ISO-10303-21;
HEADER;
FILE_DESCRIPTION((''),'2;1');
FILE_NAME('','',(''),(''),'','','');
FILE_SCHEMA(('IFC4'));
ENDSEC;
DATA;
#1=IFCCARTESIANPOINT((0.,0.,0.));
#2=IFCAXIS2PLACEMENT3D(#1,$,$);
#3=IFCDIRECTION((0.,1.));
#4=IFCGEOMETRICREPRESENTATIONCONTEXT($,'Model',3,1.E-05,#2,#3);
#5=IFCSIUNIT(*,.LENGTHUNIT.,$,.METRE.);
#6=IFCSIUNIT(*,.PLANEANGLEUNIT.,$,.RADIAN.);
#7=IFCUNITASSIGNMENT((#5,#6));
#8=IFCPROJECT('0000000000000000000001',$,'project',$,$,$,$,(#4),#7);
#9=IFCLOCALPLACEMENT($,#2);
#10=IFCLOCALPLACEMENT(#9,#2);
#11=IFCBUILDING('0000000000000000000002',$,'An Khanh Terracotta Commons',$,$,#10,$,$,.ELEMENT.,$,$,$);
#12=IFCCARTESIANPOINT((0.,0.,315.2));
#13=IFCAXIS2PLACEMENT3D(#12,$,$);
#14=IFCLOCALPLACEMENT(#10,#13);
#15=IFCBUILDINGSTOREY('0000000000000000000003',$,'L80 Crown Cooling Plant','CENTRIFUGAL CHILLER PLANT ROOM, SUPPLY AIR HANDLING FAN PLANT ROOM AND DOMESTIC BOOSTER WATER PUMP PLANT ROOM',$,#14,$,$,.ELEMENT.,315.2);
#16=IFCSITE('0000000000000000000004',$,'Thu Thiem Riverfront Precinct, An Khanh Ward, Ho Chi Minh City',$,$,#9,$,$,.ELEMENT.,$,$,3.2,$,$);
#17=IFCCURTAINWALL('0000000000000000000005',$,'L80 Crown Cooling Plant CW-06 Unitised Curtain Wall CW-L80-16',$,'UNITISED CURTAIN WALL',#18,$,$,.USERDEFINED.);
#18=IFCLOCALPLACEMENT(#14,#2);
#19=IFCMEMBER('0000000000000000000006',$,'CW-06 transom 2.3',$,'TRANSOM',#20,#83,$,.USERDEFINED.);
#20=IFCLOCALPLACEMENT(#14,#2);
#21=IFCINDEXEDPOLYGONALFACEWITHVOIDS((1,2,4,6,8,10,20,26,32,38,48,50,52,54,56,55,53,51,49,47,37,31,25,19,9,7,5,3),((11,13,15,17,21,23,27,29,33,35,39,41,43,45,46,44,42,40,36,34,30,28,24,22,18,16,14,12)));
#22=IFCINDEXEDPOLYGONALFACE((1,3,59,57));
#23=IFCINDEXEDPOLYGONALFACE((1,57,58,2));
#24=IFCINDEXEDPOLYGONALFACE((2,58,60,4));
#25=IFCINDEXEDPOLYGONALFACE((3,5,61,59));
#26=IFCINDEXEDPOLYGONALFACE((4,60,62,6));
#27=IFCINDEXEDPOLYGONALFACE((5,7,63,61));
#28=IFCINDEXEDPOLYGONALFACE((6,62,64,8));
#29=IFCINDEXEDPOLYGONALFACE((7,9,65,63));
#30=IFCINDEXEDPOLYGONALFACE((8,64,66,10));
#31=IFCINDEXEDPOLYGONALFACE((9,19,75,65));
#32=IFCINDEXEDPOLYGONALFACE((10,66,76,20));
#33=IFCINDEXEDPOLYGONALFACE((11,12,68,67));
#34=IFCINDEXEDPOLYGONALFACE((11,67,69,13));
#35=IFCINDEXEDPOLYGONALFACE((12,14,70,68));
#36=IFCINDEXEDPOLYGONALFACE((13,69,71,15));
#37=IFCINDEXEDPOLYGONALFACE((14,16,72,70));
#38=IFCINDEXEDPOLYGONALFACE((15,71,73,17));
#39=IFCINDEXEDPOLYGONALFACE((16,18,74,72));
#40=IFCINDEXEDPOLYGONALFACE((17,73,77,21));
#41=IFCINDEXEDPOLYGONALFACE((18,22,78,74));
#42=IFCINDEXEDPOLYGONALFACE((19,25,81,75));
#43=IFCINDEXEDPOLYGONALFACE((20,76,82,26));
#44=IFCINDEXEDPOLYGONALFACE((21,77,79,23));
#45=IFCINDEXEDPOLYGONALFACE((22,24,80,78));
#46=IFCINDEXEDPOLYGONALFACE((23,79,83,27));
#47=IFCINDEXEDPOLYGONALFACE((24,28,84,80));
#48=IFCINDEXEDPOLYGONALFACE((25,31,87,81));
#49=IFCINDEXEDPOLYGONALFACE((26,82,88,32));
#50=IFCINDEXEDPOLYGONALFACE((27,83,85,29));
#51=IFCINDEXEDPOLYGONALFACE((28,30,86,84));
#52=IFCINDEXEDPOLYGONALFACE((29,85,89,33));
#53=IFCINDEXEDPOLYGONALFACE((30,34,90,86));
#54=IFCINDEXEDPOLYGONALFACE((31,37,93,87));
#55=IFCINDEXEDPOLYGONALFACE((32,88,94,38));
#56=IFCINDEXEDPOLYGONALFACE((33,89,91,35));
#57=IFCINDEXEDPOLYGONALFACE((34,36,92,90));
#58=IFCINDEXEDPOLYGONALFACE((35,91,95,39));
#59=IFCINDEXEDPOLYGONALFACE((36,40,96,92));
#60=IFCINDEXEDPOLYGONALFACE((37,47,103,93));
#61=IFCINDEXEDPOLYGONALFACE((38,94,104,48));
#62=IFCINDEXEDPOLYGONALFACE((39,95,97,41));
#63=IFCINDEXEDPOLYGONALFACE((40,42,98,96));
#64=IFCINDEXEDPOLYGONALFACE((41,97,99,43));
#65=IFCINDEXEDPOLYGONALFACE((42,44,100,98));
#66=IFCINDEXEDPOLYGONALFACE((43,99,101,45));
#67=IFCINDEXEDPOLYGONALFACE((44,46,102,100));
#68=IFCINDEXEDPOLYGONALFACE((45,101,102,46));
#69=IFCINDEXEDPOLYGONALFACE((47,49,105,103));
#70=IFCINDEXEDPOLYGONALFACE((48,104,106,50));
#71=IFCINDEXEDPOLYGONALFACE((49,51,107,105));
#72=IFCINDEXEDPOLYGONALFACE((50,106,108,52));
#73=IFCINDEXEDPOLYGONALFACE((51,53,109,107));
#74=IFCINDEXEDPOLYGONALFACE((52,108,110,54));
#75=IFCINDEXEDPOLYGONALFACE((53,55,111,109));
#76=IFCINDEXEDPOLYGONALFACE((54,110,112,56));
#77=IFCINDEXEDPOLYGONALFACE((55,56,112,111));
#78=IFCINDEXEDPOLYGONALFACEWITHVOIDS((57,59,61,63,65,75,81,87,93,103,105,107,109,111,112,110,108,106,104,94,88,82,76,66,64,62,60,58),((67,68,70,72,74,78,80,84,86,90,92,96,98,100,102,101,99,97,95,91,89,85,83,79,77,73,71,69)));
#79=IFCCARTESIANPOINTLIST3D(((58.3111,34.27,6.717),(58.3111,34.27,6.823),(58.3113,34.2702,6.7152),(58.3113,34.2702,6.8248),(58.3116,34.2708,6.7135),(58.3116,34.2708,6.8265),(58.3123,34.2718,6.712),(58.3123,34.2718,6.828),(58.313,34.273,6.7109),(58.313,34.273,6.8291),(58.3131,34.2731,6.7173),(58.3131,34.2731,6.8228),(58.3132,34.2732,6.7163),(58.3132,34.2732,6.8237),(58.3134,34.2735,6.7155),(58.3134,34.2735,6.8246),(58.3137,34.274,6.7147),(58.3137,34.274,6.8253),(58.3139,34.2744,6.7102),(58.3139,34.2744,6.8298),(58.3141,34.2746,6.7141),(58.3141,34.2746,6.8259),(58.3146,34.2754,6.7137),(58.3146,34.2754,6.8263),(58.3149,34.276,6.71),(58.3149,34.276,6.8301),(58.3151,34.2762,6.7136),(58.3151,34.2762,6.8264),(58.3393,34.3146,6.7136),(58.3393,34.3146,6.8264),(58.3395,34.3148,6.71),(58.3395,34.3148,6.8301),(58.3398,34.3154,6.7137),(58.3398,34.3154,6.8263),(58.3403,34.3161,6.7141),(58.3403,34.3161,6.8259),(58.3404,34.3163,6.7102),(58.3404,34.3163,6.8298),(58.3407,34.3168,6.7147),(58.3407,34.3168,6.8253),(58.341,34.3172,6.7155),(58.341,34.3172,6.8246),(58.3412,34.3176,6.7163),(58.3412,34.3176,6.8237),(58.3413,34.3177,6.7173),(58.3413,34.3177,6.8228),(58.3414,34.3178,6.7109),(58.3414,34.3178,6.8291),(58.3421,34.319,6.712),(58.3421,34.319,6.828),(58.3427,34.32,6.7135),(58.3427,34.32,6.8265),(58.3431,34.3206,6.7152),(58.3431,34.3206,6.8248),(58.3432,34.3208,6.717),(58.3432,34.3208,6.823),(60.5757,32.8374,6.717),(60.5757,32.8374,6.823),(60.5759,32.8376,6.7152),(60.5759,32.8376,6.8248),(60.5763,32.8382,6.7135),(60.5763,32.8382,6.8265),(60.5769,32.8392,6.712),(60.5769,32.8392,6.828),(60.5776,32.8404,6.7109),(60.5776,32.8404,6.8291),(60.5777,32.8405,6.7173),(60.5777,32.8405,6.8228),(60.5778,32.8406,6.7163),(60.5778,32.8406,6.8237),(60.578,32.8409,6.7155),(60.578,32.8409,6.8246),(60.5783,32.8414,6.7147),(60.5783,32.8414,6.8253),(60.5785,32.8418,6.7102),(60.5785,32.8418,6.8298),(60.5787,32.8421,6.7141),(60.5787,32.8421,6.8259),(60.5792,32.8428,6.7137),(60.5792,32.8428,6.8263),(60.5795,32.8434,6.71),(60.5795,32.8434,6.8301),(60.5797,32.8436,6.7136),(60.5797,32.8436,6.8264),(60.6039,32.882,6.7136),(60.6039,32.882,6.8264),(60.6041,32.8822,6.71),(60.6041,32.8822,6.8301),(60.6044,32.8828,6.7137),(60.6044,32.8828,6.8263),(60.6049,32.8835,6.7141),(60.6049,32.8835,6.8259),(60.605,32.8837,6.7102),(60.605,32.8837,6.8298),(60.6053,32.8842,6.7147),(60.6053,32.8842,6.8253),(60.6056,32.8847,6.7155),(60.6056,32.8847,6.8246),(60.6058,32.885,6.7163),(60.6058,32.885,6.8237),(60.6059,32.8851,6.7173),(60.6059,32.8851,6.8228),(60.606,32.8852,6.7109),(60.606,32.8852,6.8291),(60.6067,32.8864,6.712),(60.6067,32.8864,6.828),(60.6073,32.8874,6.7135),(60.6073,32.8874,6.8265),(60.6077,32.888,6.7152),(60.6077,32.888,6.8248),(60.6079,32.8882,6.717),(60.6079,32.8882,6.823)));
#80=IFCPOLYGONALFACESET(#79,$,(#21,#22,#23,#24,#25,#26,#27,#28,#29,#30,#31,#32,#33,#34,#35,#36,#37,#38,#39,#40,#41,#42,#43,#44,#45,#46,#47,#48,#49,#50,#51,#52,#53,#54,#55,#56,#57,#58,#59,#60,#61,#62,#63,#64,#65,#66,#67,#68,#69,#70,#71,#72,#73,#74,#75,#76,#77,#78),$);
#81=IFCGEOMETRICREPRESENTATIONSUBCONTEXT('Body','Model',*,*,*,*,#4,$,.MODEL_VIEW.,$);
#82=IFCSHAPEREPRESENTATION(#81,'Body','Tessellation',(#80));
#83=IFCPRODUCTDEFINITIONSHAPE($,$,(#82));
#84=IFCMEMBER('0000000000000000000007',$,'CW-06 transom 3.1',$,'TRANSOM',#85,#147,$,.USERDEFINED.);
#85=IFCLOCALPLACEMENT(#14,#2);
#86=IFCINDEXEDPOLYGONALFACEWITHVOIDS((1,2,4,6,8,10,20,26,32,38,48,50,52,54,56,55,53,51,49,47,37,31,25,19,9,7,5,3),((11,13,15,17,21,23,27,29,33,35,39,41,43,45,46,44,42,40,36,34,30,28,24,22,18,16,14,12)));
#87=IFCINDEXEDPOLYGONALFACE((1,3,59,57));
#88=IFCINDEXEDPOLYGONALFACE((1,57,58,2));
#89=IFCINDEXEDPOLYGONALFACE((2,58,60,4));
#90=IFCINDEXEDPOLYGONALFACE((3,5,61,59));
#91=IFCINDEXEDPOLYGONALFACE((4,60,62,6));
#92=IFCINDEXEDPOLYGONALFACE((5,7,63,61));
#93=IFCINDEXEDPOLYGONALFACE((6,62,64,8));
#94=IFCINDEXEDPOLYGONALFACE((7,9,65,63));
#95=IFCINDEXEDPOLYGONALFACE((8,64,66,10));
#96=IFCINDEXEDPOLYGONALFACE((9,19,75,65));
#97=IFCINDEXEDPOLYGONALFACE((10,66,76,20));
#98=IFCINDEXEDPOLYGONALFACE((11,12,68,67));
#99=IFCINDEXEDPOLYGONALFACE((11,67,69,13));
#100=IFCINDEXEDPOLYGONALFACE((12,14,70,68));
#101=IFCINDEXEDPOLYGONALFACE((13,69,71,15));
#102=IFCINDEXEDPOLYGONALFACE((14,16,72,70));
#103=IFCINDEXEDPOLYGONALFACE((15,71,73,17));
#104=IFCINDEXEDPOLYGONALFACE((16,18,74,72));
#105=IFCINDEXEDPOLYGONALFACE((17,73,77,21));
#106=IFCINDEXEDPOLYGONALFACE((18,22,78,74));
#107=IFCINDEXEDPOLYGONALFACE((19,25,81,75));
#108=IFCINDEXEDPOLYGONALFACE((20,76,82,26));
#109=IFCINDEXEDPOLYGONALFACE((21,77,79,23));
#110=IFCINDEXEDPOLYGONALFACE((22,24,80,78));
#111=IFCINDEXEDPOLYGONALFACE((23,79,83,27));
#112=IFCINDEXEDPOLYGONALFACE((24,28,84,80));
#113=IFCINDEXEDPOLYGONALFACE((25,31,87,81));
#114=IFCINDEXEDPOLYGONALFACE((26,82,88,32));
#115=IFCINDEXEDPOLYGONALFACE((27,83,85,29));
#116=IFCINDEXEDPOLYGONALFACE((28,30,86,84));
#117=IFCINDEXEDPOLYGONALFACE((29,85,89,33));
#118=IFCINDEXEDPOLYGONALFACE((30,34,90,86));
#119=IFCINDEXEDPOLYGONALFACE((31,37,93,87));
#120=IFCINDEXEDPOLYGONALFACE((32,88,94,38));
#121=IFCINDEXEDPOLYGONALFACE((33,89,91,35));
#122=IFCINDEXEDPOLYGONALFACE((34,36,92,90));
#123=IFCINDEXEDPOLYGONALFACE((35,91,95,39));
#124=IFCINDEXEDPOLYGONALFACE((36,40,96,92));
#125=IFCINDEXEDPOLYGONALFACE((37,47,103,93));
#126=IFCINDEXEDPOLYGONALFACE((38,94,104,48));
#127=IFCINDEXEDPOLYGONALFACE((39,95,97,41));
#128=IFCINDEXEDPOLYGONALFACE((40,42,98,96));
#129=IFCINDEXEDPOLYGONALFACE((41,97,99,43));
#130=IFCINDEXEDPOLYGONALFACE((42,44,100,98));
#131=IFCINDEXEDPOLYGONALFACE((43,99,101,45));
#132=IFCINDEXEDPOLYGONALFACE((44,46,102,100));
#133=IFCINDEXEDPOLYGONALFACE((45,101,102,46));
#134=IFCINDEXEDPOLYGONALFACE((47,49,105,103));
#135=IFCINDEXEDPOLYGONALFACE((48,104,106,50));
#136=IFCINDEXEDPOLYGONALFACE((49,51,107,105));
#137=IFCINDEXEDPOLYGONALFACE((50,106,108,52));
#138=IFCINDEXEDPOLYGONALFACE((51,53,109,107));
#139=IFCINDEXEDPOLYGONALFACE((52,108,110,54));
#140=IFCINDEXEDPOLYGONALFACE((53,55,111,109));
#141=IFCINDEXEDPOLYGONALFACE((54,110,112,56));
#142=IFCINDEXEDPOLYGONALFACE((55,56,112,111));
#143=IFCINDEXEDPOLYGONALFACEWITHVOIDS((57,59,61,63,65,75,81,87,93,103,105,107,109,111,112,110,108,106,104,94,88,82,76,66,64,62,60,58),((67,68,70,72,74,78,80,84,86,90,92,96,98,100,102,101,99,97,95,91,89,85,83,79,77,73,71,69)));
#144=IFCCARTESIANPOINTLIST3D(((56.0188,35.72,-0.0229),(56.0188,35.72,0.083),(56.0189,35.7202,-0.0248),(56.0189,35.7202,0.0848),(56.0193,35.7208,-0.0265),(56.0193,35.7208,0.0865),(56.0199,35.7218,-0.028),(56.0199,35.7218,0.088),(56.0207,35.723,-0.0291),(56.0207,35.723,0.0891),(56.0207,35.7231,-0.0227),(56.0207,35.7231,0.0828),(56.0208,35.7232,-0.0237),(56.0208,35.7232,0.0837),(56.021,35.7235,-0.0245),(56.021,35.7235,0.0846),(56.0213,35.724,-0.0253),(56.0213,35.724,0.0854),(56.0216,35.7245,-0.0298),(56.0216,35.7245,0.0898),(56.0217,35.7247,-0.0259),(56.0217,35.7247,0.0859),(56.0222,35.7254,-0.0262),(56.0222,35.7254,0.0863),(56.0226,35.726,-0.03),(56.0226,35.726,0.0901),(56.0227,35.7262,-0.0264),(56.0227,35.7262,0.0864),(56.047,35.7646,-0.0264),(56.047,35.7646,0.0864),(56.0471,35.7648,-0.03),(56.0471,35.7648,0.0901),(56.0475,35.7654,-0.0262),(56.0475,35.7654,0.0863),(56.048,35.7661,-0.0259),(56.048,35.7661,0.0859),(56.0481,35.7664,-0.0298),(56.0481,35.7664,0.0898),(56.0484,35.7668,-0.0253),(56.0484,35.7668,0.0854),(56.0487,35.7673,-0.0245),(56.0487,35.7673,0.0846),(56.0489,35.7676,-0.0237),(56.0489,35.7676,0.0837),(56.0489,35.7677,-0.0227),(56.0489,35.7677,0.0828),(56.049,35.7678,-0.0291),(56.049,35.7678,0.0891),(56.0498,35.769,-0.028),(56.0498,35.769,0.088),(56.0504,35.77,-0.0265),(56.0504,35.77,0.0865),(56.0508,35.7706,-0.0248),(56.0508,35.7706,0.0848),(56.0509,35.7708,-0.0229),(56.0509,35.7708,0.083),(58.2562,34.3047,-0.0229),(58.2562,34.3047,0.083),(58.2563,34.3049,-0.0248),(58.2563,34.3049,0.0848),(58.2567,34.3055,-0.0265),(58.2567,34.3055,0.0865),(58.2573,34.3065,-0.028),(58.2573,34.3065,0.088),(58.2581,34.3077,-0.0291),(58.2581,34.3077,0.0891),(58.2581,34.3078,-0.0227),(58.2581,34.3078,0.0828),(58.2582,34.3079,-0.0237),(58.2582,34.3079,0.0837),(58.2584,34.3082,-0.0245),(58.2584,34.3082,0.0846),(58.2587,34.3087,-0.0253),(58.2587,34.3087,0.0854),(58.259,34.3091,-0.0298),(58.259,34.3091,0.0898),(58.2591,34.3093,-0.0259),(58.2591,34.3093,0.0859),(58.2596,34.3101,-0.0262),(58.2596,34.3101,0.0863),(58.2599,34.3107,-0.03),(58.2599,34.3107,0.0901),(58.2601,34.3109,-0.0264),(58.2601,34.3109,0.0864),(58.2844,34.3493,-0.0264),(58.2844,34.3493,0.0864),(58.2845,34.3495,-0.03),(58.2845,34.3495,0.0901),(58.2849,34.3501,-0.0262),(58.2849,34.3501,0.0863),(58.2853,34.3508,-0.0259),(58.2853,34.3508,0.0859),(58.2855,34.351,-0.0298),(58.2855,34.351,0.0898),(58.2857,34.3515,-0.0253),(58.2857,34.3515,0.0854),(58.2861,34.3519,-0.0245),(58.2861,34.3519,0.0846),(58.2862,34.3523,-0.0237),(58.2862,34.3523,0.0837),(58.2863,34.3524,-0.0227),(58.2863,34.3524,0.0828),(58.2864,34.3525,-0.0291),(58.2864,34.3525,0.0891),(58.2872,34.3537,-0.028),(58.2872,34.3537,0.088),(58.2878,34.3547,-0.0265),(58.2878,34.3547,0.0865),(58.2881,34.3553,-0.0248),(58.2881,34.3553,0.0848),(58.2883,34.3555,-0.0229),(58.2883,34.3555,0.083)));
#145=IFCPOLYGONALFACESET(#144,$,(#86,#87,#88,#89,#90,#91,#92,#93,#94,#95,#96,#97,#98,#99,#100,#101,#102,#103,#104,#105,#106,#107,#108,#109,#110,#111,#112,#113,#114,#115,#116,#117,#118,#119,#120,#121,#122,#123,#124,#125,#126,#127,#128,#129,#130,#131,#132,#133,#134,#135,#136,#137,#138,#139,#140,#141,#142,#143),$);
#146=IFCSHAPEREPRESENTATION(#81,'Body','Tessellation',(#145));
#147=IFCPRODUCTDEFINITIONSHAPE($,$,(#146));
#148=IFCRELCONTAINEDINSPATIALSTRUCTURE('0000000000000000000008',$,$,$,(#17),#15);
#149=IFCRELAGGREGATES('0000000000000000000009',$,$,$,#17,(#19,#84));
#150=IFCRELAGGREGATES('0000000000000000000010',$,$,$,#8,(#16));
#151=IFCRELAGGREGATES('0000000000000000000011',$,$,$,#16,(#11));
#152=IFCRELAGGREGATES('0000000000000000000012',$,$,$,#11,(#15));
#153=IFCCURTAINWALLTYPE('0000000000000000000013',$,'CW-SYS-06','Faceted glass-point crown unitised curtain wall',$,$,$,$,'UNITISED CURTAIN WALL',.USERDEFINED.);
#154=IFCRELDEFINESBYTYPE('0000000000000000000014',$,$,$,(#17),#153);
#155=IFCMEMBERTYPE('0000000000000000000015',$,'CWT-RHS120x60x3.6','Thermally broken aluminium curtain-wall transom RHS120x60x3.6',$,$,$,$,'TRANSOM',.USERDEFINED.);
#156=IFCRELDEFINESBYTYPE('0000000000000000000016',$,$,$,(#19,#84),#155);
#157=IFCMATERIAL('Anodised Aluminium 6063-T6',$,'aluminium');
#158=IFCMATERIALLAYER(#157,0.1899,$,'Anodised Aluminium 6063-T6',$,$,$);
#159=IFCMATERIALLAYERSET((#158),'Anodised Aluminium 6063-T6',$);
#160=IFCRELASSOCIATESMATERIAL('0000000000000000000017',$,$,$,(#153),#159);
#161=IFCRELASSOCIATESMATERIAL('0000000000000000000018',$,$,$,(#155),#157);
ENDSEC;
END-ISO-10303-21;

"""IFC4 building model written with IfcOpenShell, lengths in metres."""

from ifc_helpers import new_model, si_unit, direction, frame, origin, origin_2d, place, context, subcontext, project, spatial, hollow_rectangle, extrude, material, layer, layer_set, material_profile, profile_set, type_object, element, aggregate, save


model = new_model("IFC4")

# Units and contexts
model_context = context("Model", 3, precision=1e-05, world=origin(), true_north=direction((0.0, 1.0)))
body_context = subcontext(model_context, "Body", "Model", "MODEL_VIEW")
ifc_project = project(units=[si_unit("LENGTHUNIT", "METRE"), si_unit("PLANEANGLEUNIT", "RADIAN")], contexts=[model_context])

# Site, building, storey
site_placement = place(None, origin())
site = spatial("IfcSite", under=ifc_project, at=site_placement, Name="Thu Thiem Riverfront Precinct, An Khanh Ward, Ho Chi Minh City", CompositionType="ELEMENT", RefElevation=3.2)
building_placement = place(site_placement, origin())
building = spatial("IfcBuilding", under=site, at=building_placement, Name="An Khanh Terracotta Commons", CompositionType="ELEMENT")
storey_placement = place(building_placement, frame((0.0, 0.0, 315.2)))
storey = spatial("IfcBuildingStorey", under=building, at=storey_placement, Name="L80 Crown Cooling Plant", Description="CENTRIFUGAL CHILLER PLANT ROOM, SUPPLY AIR HANDLING FAN PLANT ROOM AND DOMESTIC BOOSTER WATER PUMP PLANT ROOM", CompositionType="ELEMENT", Elevation=315.2)

# Curtain wall, members
ifc_material_1 = material(Name="Anodised Aluminium 6063-T6", Category="aluminium")
ifc_layer_1 = layer(ifc_material_1, 0.1899, Name="Anodised Aluminium 6063-T6")
ifc_layer_set_1 = layer_set([ifc_layer_1], Name="Anodised Aluminium 6063-T6")
curtain_wall_type = type_object("IfcCurtainWallType", Name="CW-SYS-06", Description="Faceted glass-point crown unitised curtain wall", ElementType="UNITISED CURTAIN WALL", PredefinedType="USERDEFINED", material=ifc_layer_set_1)
curtain_wall_placement = place(storey_placement, origin())
curtain_wall = element("IfcCurtainWall", 1, at=curtain_wall_placement, inside=storey, type_object=curtain_wall_type, Name="L80 Crown Cooling Plant CW-06 Unitised Curtain Wall CW-L80-16", ObjectType="UNITISED CURTAIN WALL", PredefinedType="USERDEFINED")
ifc_material_profile_1 = material_profile(ifc_material_1, hollow_rectangle(XDim=0.0601, YDim=0.1201, WallThickness=0.0037, InnerFilletRadius=0.0037, OuterFilletRadius=0.0071, at=origin_2d()), Name="RHS120x60x3.6")
ifc_profile_set_1 = profile_set([ifc_material_profile_1], Name="Anodised Aluminium 6063-T6")
member_type_1 = type_object("IfcMemberType", Name="CWT-RHS120x60x3.6", Description="Thermally broken aluminium curtain-wall transom RHS120x60x3.6", ElementType="TRANSOM", PredefinedType="USERDEFINED", material=ifc_profile_set_1)
member_1_placement = place(storey_placement, frame((60.5918, 32.8628, 6.77), z_axis=(-0.845099, 0.53461, 0.0), x_axis=(-0.53461, -0.845099, 0.0)))
member_1 = element("IfcMember", 2, at=member_1_placement, type_object=member_type_1, Name="CW-06 transom 2.3", ObjectType="TRANSOM", PredefinedType="USERDEFINED", context=body_context, shape_type="SweptSolid", body=[
    extrude(hollow_rectangle(XDim=0.0601, YDim=0.1201, WallThickness=0.0037, InnerFilletRadius=0.0037, OuterFilletRadius=0.0071, at=origin_2d()), origin(), (0.0, 0.0, 1.0), 2.6797),
])
member_2_placement = place(storey_placement, frame((58.2722, 34.3301, 0.03), z_axis=(-0.845105, 0.5346, 0.0), x_axis=(-0.5346, -0.845105, 0.0)))
member_2 = element("IfcMember", 3, at=member_2_placement, type_object=member_type_1, Name="CW-06 transom 3.1", ObjectType="TRANSOM", PredefinedType="USERDEFINED", context=body_context, shape_type="SweptSolid", body=[
    extrude(hollow_rectangle(XDim=0.0601, YDim=0.1201, WallThickness=0.0037, InnerFilletRadius=0.0037, OuterFilletRadius=0.0071, at=origin_2d()), origin(), (0.0, 0.0, 1.0), 2.6475),
])
aggregate(curtain_wall, [member_1, member_2])

save(model, "model.ifc")
